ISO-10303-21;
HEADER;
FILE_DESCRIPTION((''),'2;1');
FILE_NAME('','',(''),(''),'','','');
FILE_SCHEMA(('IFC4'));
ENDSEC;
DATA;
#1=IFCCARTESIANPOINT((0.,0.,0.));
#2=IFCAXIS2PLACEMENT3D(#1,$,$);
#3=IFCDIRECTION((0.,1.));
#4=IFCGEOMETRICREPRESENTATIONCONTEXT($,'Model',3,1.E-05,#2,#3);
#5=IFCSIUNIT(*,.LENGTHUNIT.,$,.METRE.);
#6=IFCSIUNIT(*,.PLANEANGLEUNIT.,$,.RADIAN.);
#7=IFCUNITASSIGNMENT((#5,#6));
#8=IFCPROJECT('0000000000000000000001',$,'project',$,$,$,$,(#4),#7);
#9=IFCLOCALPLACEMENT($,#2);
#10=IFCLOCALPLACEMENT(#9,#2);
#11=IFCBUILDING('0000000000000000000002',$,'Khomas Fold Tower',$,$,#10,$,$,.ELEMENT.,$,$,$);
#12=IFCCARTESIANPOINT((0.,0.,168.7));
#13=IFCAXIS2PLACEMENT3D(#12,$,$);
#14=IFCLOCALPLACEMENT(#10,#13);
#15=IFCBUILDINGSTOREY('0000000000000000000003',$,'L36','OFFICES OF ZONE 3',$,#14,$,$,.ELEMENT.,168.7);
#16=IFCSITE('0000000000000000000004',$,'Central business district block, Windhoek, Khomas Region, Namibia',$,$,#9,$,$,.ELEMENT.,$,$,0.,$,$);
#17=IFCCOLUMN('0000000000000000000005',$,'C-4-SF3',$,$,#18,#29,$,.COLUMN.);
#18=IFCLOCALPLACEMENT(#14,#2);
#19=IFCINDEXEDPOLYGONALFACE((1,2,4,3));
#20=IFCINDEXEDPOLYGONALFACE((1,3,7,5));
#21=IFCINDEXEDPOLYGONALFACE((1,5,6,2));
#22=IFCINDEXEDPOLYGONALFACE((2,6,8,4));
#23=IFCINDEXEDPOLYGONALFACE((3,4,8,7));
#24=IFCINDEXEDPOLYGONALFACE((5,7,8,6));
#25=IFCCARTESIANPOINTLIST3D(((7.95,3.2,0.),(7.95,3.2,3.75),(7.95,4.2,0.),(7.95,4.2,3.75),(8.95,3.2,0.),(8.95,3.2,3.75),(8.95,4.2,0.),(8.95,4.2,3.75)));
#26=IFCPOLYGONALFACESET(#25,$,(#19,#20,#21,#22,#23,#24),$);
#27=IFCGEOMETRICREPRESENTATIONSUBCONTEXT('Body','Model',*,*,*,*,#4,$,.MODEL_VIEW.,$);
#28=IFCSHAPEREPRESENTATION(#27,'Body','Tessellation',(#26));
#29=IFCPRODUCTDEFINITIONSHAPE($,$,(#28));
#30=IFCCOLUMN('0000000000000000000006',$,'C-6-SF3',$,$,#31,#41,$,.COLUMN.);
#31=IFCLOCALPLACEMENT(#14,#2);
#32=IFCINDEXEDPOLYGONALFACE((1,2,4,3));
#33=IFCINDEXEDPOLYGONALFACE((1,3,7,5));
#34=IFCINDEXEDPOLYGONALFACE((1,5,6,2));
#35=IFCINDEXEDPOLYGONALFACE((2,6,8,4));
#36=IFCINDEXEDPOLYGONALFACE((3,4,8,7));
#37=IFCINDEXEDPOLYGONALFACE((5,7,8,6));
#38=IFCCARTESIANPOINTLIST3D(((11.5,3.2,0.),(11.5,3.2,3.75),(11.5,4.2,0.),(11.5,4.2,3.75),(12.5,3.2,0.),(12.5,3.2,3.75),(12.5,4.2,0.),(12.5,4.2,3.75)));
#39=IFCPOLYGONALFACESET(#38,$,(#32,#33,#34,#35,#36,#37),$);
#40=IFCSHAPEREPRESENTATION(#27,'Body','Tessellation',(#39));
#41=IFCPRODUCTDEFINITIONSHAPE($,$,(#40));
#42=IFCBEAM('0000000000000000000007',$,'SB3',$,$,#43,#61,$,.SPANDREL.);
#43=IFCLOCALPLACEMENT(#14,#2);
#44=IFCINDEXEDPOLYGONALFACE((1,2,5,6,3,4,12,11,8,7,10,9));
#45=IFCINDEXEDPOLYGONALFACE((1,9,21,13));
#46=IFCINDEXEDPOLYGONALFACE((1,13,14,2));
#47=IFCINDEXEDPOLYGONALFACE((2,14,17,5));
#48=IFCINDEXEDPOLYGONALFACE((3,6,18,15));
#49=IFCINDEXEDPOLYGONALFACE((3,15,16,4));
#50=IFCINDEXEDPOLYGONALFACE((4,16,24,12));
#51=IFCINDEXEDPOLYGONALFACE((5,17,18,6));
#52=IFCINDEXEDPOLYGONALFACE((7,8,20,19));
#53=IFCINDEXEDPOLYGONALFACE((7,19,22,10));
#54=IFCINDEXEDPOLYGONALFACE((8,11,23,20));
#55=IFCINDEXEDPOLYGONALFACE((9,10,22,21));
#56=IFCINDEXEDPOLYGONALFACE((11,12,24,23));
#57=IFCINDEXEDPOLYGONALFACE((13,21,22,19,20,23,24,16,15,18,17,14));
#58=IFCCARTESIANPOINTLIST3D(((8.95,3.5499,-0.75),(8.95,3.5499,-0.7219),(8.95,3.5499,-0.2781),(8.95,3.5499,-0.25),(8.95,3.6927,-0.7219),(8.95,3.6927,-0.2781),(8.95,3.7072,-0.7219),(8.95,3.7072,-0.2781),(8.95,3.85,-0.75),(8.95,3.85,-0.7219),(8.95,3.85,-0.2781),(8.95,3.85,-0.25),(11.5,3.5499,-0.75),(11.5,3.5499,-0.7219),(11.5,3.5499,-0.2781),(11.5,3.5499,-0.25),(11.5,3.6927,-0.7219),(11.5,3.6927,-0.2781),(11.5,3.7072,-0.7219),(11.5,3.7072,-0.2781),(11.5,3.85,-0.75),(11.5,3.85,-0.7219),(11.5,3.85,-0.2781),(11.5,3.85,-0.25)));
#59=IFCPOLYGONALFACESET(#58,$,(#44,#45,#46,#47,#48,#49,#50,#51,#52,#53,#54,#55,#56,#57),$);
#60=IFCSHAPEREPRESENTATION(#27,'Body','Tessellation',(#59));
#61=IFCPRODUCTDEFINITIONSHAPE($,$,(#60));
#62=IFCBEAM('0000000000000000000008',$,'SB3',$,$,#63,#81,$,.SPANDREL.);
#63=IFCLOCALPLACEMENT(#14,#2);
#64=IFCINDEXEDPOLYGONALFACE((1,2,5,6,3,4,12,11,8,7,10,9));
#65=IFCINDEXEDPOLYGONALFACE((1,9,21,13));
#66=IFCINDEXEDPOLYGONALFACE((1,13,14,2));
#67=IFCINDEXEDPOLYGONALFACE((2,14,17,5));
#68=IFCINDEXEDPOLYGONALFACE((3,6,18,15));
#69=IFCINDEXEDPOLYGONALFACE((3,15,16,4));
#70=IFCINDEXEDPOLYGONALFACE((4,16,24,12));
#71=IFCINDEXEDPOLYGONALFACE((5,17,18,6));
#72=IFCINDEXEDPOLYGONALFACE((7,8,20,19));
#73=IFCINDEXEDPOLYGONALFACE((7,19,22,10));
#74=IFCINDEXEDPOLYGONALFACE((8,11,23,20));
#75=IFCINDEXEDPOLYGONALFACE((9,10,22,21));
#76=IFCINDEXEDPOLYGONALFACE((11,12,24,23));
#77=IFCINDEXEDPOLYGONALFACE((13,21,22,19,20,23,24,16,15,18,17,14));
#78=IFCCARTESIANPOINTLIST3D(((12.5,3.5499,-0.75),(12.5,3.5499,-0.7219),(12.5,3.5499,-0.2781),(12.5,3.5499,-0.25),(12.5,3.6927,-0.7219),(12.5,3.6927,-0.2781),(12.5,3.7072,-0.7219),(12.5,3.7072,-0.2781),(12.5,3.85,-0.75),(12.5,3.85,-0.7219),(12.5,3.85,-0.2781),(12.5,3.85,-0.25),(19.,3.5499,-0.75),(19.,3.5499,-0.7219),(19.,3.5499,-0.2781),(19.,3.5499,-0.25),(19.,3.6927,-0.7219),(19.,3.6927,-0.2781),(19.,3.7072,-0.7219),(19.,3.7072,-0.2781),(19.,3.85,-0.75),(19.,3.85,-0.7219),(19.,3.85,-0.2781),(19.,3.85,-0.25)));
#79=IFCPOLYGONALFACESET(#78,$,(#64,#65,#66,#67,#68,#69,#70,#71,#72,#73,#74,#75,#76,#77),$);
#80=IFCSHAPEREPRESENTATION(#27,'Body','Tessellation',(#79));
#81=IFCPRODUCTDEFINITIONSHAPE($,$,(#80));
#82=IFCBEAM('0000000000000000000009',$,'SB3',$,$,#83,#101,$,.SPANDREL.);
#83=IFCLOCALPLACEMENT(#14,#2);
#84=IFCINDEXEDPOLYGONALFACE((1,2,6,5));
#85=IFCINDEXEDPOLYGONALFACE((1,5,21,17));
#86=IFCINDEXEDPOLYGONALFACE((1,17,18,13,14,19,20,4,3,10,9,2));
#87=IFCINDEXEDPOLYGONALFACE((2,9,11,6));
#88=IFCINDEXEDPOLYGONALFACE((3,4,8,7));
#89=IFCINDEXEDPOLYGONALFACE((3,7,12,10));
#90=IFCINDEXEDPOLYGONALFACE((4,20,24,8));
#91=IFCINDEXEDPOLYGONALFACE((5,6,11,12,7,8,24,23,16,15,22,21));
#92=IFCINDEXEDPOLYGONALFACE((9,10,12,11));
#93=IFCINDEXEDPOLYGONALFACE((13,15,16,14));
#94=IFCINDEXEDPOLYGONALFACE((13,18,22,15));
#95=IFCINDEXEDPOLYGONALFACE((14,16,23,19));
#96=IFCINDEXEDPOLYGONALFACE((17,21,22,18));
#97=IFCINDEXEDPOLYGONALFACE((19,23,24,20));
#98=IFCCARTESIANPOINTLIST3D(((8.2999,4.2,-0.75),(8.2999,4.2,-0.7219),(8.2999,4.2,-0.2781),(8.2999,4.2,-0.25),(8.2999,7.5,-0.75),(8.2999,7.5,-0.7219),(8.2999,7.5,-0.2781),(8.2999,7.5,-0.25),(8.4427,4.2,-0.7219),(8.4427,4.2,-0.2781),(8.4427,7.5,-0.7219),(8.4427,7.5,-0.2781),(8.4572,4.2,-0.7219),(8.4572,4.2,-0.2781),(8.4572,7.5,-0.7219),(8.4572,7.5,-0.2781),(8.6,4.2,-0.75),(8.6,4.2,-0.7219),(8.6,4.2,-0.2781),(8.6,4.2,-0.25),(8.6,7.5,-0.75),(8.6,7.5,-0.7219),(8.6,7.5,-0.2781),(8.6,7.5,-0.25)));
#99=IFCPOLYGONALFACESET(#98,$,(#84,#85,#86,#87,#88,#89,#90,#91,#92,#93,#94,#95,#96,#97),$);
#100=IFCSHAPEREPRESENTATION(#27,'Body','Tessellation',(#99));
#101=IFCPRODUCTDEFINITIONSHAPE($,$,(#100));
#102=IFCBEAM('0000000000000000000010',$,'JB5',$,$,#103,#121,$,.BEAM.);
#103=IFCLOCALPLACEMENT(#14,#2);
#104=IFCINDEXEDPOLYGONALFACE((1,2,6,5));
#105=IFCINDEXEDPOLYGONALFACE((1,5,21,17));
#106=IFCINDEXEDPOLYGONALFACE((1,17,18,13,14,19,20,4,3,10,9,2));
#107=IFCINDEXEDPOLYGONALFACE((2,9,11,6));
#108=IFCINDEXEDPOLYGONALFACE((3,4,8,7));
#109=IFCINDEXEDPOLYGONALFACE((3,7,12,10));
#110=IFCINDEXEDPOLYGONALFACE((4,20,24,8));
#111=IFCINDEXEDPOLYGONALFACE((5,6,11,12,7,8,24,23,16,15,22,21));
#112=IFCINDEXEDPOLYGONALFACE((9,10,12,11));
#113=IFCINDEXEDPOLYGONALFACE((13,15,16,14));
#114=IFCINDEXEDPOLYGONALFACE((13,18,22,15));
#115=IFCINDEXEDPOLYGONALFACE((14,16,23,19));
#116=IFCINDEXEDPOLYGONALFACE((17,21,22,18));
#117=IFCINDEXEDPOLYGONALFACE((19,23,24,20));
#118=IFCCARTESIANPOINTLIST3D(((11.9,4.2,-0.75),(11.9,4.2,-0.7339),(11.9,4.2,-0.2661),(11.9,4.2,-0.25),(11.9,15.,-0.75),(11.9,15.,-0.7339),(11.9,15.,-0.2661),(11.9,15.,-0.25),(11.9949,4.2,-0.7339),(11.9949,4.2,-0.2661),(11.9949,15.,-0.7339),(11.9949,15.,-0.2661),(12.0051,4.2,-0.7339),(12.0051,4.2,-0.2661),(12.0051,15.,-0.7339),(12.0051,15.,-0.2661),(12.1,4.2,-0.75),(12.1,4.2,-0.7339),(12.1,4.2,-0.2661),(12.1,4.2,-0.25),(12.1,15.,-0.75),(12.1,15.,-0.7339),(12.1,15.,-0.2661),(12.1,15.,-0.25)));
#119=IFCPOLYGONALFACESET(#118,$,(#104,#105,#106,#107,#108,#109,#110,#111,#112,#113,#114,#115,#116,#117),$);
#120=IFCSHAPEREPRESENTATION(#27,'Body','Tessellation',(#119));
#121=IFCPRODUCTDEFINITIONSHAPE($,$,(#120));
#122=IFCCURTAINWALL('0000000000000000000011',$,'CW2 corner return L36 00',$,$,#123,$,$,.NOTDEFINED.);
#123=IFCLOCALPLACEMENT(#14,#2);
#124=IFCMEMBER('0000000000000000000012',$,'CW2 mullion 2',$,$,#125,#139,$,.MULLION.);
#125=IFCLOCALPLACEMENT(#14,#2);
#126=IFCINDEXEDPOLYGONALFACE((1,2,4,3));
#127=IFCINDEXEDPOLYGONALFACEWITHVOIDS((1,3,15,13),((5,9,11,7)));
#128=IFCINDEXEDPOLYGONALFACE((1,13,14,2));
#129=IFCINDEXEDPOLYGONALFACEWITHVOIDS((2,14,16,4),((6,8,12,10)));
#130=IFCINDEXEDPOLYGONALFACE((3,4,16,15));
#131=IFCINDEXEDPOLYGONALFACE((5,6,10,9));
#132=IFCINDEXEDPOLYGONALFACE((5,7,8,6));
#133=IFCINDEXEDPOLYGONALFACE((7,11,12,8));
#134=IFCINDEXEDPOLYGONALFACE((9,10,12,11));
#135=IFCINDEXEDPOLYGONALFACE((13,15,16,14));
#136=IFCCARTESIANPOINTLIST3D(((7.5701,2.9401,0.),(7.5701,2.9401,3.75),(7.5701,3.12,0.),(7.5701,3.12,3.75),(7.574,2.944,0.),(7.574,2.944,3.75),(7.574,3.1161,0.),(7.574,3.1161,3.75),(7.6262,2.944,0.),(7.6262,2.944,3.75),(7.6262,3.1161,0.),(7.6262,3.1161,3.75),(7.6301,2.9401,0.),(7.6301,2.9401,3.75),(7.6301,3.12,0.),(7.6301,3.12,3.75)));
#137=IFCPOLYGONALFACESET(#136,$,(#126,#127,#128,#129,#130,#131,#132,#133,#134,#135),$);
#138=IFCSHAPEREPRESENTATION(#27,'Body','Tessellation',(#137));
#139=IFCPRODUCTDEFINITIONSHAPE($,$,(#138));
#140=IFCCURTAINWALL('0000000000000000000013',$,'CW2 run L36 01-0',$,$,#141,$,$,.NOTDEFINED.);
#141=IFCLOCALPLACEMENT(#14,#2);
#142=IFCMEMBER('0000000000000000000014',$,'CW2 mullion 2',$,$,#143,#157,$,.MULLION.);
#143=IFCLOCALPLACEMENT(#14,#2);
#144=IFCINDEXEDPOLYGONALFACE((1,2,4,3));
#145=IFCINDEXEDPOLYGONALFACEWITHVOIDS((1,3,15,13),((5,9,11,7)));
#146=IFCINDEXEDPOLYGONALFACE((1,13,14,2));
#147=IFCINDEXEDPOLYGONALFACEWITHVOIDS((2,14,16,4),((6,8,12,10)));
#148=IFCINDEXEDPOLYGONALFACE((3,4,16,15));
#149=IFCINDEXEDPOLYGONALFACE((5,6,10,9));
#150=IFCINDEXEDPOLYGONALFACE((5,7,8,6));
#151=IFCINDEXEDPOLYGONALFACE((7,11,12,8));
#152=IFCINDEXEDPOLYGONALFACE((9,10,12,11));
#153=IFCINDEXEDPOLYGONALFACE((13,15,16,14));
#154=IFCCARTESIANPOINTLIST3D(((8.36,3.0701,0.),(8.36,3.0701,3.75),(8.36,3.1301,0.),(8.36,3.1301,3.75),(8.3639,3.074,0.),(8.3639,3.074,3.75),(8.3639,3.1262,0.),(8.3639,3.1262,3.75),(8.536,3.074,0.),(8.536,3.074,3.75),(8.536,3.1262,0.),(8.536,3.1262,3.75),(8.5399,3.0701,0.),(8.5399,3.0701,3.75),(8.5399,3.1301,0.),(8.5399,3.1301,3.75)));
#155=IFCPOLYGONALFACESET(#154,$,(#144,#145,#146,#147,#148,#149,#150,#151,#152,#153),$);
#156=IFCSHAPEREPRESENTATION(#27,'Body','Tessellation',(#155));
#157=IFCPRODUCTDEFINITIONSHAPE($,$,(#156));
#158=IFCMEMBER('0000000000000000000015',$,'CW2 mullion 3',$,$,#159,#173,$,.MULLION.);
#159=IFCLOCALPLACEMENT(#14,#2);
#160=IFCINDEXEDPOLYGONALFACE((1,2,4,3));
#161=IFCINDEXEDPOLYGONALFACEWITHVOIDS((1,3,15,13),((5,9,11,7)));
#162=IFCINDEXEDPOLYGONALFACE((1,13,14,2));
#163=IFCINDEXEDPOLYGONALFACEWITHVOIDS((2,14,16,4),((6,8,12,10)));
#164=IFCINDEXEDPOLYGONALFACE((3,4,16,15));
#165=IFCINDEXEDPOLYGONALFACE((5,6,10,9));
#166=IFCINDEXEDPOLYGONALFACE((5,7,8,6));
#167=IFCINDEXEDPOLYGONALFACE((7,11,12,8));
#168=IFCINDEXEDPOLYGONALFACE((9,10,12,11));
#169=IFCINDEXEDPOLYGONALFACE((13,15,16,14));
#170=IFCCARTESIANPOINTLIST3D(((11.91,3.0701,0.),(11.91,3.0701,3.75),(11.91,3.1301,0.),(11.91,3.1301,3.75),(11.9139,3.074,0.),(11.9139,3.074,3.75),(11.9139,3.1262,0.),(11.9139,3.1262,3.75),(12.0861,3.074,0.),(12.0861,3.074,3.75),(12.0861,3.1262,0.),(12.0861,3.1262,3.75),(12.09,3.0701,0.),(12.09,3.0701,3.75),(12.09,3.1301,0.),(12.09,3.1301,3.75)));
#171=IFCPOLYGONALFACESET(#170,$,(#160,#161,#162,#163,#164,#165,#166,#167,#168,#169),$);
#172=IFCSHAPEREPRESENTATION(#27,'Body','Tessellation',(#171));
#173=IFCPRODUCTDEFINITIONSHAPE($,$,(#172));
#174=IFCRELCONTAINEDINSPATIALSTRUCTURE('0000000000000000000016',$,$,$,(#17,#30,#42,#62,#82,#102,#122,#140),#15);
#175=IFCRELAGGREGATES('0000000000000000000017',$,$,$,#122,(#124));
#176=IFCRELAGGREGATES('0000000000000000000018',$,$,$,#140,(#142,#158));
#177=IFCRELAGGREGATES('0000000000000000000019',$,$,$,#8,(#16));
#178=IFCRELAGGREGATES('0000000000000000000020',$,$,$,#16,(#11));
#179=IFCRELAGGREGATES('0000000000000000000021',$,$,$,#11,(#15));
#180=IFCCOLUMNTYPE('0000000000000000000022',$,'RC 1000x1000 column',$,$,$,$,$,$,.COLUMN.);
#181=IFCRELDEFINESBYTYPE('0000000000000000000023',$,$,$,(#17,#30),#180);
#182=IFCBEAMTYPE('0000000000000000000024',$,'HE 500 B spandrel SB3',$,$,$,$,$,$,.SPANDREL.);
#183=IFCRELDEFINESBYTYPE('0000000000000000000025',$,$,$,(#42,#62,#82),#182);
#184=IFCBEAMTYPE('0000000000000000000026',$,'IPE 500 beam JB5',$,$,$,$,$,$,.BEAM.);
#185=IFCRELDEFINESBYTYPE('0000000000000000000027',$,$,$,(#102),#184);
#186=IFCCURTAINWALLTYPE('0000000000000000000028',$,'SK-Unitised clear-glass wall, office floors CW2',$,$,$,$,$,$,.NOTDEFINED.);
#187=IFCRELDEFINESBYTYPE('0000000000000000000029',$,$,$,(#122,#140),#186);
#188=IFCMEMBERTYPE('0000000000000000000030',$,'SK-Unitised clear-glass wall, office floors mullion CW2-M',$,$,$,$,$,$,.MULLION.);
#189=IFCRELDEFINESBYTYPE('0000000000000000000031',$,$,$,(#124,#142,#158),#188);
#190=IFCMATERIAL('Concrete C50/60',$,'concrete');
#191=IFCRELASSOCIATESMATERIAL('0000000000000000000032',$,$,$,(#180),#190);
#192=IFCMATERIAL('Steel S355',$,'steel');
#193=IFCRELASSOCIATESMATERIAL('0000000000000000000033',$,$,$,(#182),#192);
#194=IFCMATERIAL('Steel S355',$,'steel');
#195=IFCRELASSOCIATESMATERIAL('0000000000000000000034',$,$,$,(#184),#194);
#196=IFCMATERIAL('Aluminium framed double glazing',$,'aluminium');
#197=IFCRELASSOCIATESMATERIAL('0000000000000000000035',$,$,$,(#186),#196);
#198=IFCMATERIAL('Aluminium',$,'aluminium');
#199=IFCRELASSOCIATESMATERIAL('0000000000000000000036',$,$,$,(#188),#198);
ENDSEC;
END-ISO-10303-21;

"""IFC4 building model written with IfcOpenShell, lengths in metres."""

from ifc_helpers import new_model, si_unit, direction, frame, origin, origin_2d, place, context, subcontext, project, spatial, rectangle, hollow_rectangle, i_section, extrude, source, transform, mapped, material, material_profile, profile_set, type_object, element, aggregate, save


model = new_model("IFC4")

# Units and contexts
model_context = context("Model", 3, precision=1e-05, world=origin(), true_north=direction((0.0, 1.0)))
body_context = subcontext(model_context, "Body", "Model", "MODEL_VIEW")
ifc_project = project(units=[si_unit("LENGTHUNIT", "METRE"), si_unit("PLANEANGLEUNIT", "RADIAN")], contexts=[model_context])

# Site, building, storey
site_placement = place(None, origin())
site = spatial("IfcSite", under=ifc_project, at=site_placement, Name="Central business district block, Windhoek, Khomas Region, Namibia", CompositionType="ELEMENT", RefElevation=0.0)
building_placement = place(site_placement, origin())
building = spatial("IfcBuilding", under=site, at=building_placement, Name="Khomas Fold Tower", CompositionType="ELEMENT")
storey_placement = place(building_placement, frame((0.0, 0.0, 168.7)))
storey = spatial("IfcBuildingStorey", under=building, at=storey_placement, Name="L36", Description="OFFICES OF ZONE 3", CompositionType="ELEMENT", Elevation=168.7)

# Columns
ifc_material_1 = material(Name="Concrete C50/60", Category="concrete")
ifc_material_profile_1 = material_profile(ifc_material_1, rectangle(XDim=1.0, YDim=1.0, at=origin_2d()), Name="RC 1000x1000")
ifc_profile_set_1 = profile_set([ifc_material_profile_1], Name="Concrete C50/60")
column_type = type_object("IfcColumnType", Name="RC 1000x1000 column", PredefinedType="COLUMN", material=ifc_profile_set_1)
shared_shape_1 = source(origin(), body_context, "Body", "SweptSolid", [
    extrude(rectangle(XDim=1.0, YDim=1.0, at=origin_2d()), origin(), (0.0, 0.0, 1.0), 3.75),
])
for number, where, z_axis, x_axis, name in (
    (1, (8.45, 3.7, 0.0), (0.0, 0.0, 1.0), (1.0, 0.0, 0.0), "C-4-SF3"),
    (2, (12.0, 3.7, 0.0), (0.0, 0.0, 1.0), (1.0, 0.0, 0.0), "C-6-SF3"),
):
    element("IfcColumn", number, at=place(storey_placement, frame(where, z_axis=z_axis, x_axis=x_axis)), inside=storey, type_object=column_type, Name=name, PredefinedType="COLUMN", context=body_context, shape_type="MappedRepresentation", body=[
        mapped(shared_shape_1, transform((0.0, 0.0, 0.0))),
    ])

# Beams
ifc_material_2 = material(Name="Steel S355", Category="steel")
ifc_material_profile_2 = material_profile(ifc_material_2, i_section(OverallWidth=0.3, OverallDepth=0.5, WebThickness=0.0144, FlangeThickness=0.0281, at=origin_2d()), Name="HE 500 B")
ifc_profile_set_2 = profile_set([ifc_material_profile_2], Name="Steel S355")
beam_type_1 = type_object("IfcBeamType", Name="HE 500 B spandrel SB3", PredefinedType="SPANDREL", material=ifc_profile_set_2)
shared_shape_2 = source(origin(), body_context, "Body", "SweptSolid", [
    extrude(i_section(OverallWidth=0.3, OverallDepth=0.5, WebThickness=0.0144, FlangeThickness=0.0281, at=origin_2d()), origin(), (0.0, 0.0, 1.0), 2.55),
])
beam_1_placement = place(storey_placement, frame((8.95, 3.7, -0.5), z_axis=(1.0, 0.0, 0.0), x_axis=(0.0, 1.0, 0.0)))
element("IfcBeam", 3, at=beam_1_placement, inside=storey, type_object=beam_type_1, Name="SB3", PredefinedType="SPANDREL", context=body_context, shape_type="MappedRepresentation", body=[
    mapped(shared_shape_2, transform((0.0, 0.0, 0.0))),
])
shared_shape_3 = source(origin(), body_context, "Body", "SweptSolid", [
    extrude(i_section(OverallWidth=0.3, OverallDepth=0.5, WebThickness=0.0144, FlangeThickness=0.0281, at=origin_2d()), origin(), (0.0, 0.0, 1.0), 6.5),
])
beam_2_placement = place(storey_placement, frame((12.5, 3.7, -0.5), z_axis=(1.0, 0.0, 0.0), x_axis=(0.0, 1.0, 0.0)))
element("IfcBeam", 4, at=beam_2_placement, inside=storey, type_object=beam_type_1, Name="SB3", PredefinedType="SPANDREL", context=body_context, shape_type="MappedRepresentation", body=[
    mapped(shared_shape_3, transform((0.0, 0.0, 0.0))),
])
shared_shape_4 = source(origin(), body_context, "Body", "SweptSolid", [
    extrude(i_section(OverallWidth=0.3, OverallDepth=0.5, WebThickness=0.0144, FlangeThickness=0.0281, at=origin_2d()), origin(), (0.0, 0.0, 1.0), 3.3),
])
beam_3_placement = place(storey_placement, frame((8.45, 4.2, -0.5), z_axis=(0.0, 1.0, 0.0), x_axis=(-1.0, 0.0, 0.0)))
element("IfcBeam", 5, at=beam_3_placement, inside=storey, type_object=beam_type_1, Name="SB3", PredefinedType="SPANDREL", context=body_context, shape_type="MappedRepresentation", body=[
    mapped(shared_shape_4, transform((0.0, 0.0, 0.0))),
])
ifc_material_3 = material(Name="Steel S355", Category="steel")
ifc_material_profile_3 = material_profile(ifc_material_3, i_section(OverallWidth=0.2, OverallDepth=0.5, WebThickness=0.0103, FlangeThickness=0.0161, at=origin_2d()), Name="IPE 500")
ifc_profile_set_3 = profile_set([ifc_material_profile_3], Name="Steel S355")
beam_type_2 = type_object("IfcBeamType", Name="IPE 500 beam JB5", PredefinedType="BEAM", material=ifc_profile_set_3)
shared_shape_5 = source(origin(), body_context, "Body", "SweptSolid", [
    extrude(i_section(OverallWidth=0.2, OverallDepth=0.5, WebThickness=0.0103, FlangeThickness=0.0161, at=origin_2d()), origin(), (0.0, 0.0, 1.0), 10.8),
])
beam_4_placement = place(storey_placement, frame((12.0, 4.2, -0.5), z_axis=(0.0, 1.0, 0.0), x_axis=(-1.0, 0.0, 0.0)))
element("IfcBeam", 6, at=beam_4_placement, inside=storey, type_object=beam_type_2, Name="JB5", PredefinedType="BEAM", context=body_context, shape_type="MappedRepresentation", body=[
    mapped(shared_shape_5, transform((0.0, 0.0, 0.0))),
])

# Curtain wall, member
ifc_material_4 = material(Name="Aluminium framed double glazing", Category="aluminium")
curtain_wall_type = type_object("IfcCurtainWallType", Name="SK-Unitised clear-glass wall, office floors CW2", PredefinedType="NOTDEFINED", material=ifc_material_4)
curtain_wall_1_placement = place(storey_placement, origin())
curtain_wall_1 = element("IfcCurtainWall", 7, at=curtain_wall_1_placement, inside=storey, type_object=curtain_wall_type, Name="CW2 corner return L36 00", PredefinedType="NOTDEFINED")
ifc_material_5 = material(Name="Aluminium", Category="aluminium")
ifc_material_profile_4 = material_profile(ifc_material_5, hollow_rectangle(XDim=0.0601, YDim=0.1799, WallThickness=0.0039, at=origin_2d()), Name="SK-Unitised clear-glass wall, office floors mullion CW2-M")
ifc_profile_set_4 = profile_set([ifc_material_profile_4], Name="Aluminium")
member_type_1 = type_object("IfcMemberType", Name="SK-Unitised clear-glass wall, office floors mullion CW2-M", PredefinedType="MULLION", material=ifc_profile_set_4)
shared_shape_6 = source(origin(), body_context, "Body", "SweptSolid", [
    extrude(hollow_rectangle(XDim=0.0601, YDim=0.1799, WallThickness=0.0039, at=origin_2d()), origin(), (0.0, 0.0, 1.0), 3.75),
])
member_1_placement = place(storey_placement, frame((7.6001, 3.03, 0.0), z_axis=(0.0, 0.0, 1.0), x_axis=(1.0, 0.0, 0.0)))
member_1 = element("IfcMember", 8, at=member_1_placement, type_object=member_type_1, Name="CW2 mullion 2", PredefinedType="MULLION", context=body_context, shape_type="MappedRepresentation", body=[
    mapped(shared_shape_6, transform((0.0, 0.0, 0.0))),
])

# Curtain wall, members
curtain_wall_2_placement = place(storey_placement, origin())
curtain_wall_2 = element("IfcCurtainWall", 9, at=curtain_wall_2_placement, inside=storey, type_object=curtain_wall_type, Name="CW2 run L36 01-0", PredefinedType="NOTDEFINED")
member_2_placement = place(storey_placement, frame((8.45, 3.1001, 0.0), z_axis=(0.0, 0.0, 1.0), x_axis=(0.0, 1.0, 0.0)))
member_2 = element("IfcMember", 10, at=member_2_placement, type_object=member_type_1, Name="CW2 mullion 2", PredefinedType="MULLION", context=body_context, shape_type="MappedRepresentation", body=[
    mapped(shared_shape_6, transform((0.0, 0.0, 0.0))),
])
member_3_placement = place(storey_placement, frame((12.0, 3.1001, 0.0), z_axis=(0.0, 0.0, 1.0), x_axis=(0.0, 1.0, 0.0)))
member_3 = element("IfcMember", 11, at=member_3_placement, type_object=member_type_1, Name="CW2 mullion 3", PredefinedType="MULLION", context=body_context, shape_type="MappedRepresentation", body=[
    mapped(shared_shape_6, transform((0.0, 0.0, 0.0))),
])

aggregate(curtain_wall_1, [member_1])
aggregate(curtain_wall_2, [member_2, member_3])

save(model, "model.ifc")
